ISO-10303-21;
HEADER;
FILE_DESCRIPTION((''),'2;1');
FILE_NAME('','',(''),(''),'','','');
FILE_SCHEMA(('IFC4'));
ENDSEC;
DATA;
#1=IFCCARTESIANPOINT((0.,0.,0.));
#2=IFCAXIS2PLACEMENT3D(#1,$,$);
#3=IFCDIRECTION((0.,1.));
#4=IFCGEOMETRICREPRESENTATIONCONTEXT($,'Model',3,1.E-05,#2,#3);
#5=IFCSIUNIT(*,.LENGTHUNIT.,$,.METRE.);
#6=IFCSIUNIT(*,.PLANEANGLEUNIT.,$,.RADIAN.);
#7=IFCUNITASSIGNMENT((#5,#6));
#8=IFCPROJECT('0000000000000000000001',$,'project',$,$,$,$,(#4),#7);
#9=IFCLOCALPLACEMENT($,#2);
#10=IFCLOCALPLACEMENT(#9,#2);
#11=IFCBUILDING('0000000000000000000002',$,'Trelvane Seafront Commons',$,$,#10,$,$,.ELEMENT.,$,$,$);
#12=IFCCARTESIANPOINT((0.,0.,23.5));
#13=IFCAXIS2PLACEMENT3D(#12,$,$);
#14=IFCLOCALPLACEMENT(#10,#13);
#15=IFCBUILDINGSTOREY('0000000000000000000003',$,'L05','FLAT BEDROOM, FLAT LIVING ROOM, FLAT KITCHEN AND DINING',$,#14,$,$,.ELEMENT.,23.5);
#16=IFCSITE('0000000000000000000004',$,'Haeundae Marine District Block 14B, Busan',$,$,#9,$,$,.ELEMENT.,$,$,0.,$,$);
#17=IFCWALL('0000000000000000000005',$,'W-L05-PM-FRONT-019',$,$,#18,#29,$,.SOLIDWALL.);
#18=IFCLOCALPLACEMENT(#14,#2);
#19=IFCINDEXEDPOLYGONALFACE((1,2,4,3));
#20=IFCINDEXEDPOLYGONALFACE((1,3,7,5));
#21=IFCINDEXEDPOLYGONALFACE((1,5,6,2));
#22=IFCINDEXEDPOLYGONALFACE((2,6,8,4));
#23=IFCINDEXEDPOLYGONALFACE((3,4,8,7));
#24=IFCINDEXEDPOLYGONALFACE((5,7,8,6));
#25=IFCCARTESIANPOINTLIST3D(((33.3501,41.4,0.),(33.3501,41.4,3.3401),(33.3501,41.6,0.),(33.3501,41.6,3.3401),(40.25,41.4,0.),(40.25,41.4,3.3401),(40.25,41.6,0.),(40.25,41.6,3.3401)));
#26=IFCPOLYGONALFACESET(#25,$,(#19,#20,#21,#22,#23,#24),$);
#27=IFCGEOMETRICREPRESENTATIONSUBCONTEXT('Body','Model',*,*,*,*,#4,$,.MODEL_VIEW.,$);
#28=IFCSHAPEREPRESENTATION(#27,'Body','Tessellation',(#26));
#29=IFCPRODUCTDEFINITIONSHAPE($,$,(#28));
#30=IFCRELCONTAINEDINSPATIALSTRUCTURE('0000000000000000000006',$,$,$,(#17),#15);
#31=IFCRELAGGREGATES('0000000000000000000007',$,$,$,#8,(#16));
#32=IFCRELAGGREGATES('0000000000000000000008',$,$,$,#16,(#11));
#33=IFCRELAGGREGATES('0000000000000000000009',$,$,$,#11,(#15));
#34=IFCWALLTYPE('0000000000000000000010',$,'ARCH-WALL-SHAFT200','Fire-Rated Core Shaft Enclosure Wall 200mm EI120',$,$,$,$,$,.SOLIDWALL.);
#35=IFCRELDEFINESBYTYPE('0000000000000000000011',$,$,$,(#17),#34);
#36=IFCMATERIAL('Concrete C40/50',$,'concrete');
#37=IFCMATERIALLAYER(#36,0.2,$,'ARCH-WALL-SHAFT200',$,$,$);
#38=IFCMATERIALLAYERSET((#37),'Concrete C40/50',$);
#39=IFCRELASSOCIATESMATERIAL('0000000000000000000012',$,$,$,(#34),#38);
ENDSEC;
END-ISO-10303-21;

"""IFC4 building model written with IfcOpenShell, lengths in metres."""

from ifc_helpers import new_model, si_unit, direction, frame, frame_2d, origin, place, context, subcontext, project, spatial, rectangle, extrude, material, layer, layer_set, type_object, element, save


model = new_model("IFC4")

# Units and contexts
model_context = context("Model", 3, precision=1e-05, world=origin(), true_north=direction((0.0, 1.0)))
body_context = subcontext(model_context, "Body", "Model", "MODEL_VIEW")
ifc_project = project(units=[si_unit("LENGTHUNIT", "METRE"), si_unit("PLANEANGLEUNIT", "RADIAN")], contexts=[model_context])

# Site, building, storey
site_placement = place(None, origin())
site = spatial("IfcSite", under=ifc_project, at=site_placement, Name="Haeundae Marine District Block 14B, Busan", CompositionType="ELEMENT", RefElevation=0.0)
building_placement = place(site_placement, origin())
building = spatial("IfcBuilding", under=site, at=building_placement, Name="Trelvane Seafront Commons", CompositionType="ELEMENT")
storey_placement = place(building_placement, frame((0.0, 0.0, 23.5)))
storey = spatial("IfcBuildingStorey", under=building, at=storey_placement, Name="L05", Description="FLAT BEDROOM, FLAT LIVING ROOM, FLAT KITCHEN AND DINING", CompositionType="ELEMENT", Elevation=23.5)

# Shared definitions
ifc_material_1 = material(Name="Concrete C40/50", Category="concrete")

# Shared definitions
ifc_layer_1 = layer(ifc_material_1, 0.2, Name="ARCH-WALL-SHAFT200")
ifc_layer_set_1 = layer_set([ifc_layer_1], Name="Concrete C40/50")
wall_type_1 = type_object("IfcWallType", Name="ARCH-WALL-SHAFT200", Description="Fire-Rated Core Shaft Enclosure Wall 200mm EI120", PredefinedType="SOLIDWALL", material=ifc_layer_set_1)

# Wall
wall_1_placement = place(storey_placement, frame((33.3501, 41.5, 0.0), z_axis=(0.0, 0.0, 1.0), x_axis=(1.0, 0.0, 0.0)))
element("IfcWall", 1, at=wall_1_placement, inside=storey, type_object=wall_type_1, Name="W-L05-PM-FRONT-019", PredefinedType="SOLIDWALL", context=body_context, shape_type="SweptSolid", body=[
    extrude(rectangle(XDim=6.8999, YDim=0.2, at=frame_2d((3.45, 0.0))), origin(), (0.0, 0.0, 1.0), 3.3401),
])

save(model, "model.ifc")
